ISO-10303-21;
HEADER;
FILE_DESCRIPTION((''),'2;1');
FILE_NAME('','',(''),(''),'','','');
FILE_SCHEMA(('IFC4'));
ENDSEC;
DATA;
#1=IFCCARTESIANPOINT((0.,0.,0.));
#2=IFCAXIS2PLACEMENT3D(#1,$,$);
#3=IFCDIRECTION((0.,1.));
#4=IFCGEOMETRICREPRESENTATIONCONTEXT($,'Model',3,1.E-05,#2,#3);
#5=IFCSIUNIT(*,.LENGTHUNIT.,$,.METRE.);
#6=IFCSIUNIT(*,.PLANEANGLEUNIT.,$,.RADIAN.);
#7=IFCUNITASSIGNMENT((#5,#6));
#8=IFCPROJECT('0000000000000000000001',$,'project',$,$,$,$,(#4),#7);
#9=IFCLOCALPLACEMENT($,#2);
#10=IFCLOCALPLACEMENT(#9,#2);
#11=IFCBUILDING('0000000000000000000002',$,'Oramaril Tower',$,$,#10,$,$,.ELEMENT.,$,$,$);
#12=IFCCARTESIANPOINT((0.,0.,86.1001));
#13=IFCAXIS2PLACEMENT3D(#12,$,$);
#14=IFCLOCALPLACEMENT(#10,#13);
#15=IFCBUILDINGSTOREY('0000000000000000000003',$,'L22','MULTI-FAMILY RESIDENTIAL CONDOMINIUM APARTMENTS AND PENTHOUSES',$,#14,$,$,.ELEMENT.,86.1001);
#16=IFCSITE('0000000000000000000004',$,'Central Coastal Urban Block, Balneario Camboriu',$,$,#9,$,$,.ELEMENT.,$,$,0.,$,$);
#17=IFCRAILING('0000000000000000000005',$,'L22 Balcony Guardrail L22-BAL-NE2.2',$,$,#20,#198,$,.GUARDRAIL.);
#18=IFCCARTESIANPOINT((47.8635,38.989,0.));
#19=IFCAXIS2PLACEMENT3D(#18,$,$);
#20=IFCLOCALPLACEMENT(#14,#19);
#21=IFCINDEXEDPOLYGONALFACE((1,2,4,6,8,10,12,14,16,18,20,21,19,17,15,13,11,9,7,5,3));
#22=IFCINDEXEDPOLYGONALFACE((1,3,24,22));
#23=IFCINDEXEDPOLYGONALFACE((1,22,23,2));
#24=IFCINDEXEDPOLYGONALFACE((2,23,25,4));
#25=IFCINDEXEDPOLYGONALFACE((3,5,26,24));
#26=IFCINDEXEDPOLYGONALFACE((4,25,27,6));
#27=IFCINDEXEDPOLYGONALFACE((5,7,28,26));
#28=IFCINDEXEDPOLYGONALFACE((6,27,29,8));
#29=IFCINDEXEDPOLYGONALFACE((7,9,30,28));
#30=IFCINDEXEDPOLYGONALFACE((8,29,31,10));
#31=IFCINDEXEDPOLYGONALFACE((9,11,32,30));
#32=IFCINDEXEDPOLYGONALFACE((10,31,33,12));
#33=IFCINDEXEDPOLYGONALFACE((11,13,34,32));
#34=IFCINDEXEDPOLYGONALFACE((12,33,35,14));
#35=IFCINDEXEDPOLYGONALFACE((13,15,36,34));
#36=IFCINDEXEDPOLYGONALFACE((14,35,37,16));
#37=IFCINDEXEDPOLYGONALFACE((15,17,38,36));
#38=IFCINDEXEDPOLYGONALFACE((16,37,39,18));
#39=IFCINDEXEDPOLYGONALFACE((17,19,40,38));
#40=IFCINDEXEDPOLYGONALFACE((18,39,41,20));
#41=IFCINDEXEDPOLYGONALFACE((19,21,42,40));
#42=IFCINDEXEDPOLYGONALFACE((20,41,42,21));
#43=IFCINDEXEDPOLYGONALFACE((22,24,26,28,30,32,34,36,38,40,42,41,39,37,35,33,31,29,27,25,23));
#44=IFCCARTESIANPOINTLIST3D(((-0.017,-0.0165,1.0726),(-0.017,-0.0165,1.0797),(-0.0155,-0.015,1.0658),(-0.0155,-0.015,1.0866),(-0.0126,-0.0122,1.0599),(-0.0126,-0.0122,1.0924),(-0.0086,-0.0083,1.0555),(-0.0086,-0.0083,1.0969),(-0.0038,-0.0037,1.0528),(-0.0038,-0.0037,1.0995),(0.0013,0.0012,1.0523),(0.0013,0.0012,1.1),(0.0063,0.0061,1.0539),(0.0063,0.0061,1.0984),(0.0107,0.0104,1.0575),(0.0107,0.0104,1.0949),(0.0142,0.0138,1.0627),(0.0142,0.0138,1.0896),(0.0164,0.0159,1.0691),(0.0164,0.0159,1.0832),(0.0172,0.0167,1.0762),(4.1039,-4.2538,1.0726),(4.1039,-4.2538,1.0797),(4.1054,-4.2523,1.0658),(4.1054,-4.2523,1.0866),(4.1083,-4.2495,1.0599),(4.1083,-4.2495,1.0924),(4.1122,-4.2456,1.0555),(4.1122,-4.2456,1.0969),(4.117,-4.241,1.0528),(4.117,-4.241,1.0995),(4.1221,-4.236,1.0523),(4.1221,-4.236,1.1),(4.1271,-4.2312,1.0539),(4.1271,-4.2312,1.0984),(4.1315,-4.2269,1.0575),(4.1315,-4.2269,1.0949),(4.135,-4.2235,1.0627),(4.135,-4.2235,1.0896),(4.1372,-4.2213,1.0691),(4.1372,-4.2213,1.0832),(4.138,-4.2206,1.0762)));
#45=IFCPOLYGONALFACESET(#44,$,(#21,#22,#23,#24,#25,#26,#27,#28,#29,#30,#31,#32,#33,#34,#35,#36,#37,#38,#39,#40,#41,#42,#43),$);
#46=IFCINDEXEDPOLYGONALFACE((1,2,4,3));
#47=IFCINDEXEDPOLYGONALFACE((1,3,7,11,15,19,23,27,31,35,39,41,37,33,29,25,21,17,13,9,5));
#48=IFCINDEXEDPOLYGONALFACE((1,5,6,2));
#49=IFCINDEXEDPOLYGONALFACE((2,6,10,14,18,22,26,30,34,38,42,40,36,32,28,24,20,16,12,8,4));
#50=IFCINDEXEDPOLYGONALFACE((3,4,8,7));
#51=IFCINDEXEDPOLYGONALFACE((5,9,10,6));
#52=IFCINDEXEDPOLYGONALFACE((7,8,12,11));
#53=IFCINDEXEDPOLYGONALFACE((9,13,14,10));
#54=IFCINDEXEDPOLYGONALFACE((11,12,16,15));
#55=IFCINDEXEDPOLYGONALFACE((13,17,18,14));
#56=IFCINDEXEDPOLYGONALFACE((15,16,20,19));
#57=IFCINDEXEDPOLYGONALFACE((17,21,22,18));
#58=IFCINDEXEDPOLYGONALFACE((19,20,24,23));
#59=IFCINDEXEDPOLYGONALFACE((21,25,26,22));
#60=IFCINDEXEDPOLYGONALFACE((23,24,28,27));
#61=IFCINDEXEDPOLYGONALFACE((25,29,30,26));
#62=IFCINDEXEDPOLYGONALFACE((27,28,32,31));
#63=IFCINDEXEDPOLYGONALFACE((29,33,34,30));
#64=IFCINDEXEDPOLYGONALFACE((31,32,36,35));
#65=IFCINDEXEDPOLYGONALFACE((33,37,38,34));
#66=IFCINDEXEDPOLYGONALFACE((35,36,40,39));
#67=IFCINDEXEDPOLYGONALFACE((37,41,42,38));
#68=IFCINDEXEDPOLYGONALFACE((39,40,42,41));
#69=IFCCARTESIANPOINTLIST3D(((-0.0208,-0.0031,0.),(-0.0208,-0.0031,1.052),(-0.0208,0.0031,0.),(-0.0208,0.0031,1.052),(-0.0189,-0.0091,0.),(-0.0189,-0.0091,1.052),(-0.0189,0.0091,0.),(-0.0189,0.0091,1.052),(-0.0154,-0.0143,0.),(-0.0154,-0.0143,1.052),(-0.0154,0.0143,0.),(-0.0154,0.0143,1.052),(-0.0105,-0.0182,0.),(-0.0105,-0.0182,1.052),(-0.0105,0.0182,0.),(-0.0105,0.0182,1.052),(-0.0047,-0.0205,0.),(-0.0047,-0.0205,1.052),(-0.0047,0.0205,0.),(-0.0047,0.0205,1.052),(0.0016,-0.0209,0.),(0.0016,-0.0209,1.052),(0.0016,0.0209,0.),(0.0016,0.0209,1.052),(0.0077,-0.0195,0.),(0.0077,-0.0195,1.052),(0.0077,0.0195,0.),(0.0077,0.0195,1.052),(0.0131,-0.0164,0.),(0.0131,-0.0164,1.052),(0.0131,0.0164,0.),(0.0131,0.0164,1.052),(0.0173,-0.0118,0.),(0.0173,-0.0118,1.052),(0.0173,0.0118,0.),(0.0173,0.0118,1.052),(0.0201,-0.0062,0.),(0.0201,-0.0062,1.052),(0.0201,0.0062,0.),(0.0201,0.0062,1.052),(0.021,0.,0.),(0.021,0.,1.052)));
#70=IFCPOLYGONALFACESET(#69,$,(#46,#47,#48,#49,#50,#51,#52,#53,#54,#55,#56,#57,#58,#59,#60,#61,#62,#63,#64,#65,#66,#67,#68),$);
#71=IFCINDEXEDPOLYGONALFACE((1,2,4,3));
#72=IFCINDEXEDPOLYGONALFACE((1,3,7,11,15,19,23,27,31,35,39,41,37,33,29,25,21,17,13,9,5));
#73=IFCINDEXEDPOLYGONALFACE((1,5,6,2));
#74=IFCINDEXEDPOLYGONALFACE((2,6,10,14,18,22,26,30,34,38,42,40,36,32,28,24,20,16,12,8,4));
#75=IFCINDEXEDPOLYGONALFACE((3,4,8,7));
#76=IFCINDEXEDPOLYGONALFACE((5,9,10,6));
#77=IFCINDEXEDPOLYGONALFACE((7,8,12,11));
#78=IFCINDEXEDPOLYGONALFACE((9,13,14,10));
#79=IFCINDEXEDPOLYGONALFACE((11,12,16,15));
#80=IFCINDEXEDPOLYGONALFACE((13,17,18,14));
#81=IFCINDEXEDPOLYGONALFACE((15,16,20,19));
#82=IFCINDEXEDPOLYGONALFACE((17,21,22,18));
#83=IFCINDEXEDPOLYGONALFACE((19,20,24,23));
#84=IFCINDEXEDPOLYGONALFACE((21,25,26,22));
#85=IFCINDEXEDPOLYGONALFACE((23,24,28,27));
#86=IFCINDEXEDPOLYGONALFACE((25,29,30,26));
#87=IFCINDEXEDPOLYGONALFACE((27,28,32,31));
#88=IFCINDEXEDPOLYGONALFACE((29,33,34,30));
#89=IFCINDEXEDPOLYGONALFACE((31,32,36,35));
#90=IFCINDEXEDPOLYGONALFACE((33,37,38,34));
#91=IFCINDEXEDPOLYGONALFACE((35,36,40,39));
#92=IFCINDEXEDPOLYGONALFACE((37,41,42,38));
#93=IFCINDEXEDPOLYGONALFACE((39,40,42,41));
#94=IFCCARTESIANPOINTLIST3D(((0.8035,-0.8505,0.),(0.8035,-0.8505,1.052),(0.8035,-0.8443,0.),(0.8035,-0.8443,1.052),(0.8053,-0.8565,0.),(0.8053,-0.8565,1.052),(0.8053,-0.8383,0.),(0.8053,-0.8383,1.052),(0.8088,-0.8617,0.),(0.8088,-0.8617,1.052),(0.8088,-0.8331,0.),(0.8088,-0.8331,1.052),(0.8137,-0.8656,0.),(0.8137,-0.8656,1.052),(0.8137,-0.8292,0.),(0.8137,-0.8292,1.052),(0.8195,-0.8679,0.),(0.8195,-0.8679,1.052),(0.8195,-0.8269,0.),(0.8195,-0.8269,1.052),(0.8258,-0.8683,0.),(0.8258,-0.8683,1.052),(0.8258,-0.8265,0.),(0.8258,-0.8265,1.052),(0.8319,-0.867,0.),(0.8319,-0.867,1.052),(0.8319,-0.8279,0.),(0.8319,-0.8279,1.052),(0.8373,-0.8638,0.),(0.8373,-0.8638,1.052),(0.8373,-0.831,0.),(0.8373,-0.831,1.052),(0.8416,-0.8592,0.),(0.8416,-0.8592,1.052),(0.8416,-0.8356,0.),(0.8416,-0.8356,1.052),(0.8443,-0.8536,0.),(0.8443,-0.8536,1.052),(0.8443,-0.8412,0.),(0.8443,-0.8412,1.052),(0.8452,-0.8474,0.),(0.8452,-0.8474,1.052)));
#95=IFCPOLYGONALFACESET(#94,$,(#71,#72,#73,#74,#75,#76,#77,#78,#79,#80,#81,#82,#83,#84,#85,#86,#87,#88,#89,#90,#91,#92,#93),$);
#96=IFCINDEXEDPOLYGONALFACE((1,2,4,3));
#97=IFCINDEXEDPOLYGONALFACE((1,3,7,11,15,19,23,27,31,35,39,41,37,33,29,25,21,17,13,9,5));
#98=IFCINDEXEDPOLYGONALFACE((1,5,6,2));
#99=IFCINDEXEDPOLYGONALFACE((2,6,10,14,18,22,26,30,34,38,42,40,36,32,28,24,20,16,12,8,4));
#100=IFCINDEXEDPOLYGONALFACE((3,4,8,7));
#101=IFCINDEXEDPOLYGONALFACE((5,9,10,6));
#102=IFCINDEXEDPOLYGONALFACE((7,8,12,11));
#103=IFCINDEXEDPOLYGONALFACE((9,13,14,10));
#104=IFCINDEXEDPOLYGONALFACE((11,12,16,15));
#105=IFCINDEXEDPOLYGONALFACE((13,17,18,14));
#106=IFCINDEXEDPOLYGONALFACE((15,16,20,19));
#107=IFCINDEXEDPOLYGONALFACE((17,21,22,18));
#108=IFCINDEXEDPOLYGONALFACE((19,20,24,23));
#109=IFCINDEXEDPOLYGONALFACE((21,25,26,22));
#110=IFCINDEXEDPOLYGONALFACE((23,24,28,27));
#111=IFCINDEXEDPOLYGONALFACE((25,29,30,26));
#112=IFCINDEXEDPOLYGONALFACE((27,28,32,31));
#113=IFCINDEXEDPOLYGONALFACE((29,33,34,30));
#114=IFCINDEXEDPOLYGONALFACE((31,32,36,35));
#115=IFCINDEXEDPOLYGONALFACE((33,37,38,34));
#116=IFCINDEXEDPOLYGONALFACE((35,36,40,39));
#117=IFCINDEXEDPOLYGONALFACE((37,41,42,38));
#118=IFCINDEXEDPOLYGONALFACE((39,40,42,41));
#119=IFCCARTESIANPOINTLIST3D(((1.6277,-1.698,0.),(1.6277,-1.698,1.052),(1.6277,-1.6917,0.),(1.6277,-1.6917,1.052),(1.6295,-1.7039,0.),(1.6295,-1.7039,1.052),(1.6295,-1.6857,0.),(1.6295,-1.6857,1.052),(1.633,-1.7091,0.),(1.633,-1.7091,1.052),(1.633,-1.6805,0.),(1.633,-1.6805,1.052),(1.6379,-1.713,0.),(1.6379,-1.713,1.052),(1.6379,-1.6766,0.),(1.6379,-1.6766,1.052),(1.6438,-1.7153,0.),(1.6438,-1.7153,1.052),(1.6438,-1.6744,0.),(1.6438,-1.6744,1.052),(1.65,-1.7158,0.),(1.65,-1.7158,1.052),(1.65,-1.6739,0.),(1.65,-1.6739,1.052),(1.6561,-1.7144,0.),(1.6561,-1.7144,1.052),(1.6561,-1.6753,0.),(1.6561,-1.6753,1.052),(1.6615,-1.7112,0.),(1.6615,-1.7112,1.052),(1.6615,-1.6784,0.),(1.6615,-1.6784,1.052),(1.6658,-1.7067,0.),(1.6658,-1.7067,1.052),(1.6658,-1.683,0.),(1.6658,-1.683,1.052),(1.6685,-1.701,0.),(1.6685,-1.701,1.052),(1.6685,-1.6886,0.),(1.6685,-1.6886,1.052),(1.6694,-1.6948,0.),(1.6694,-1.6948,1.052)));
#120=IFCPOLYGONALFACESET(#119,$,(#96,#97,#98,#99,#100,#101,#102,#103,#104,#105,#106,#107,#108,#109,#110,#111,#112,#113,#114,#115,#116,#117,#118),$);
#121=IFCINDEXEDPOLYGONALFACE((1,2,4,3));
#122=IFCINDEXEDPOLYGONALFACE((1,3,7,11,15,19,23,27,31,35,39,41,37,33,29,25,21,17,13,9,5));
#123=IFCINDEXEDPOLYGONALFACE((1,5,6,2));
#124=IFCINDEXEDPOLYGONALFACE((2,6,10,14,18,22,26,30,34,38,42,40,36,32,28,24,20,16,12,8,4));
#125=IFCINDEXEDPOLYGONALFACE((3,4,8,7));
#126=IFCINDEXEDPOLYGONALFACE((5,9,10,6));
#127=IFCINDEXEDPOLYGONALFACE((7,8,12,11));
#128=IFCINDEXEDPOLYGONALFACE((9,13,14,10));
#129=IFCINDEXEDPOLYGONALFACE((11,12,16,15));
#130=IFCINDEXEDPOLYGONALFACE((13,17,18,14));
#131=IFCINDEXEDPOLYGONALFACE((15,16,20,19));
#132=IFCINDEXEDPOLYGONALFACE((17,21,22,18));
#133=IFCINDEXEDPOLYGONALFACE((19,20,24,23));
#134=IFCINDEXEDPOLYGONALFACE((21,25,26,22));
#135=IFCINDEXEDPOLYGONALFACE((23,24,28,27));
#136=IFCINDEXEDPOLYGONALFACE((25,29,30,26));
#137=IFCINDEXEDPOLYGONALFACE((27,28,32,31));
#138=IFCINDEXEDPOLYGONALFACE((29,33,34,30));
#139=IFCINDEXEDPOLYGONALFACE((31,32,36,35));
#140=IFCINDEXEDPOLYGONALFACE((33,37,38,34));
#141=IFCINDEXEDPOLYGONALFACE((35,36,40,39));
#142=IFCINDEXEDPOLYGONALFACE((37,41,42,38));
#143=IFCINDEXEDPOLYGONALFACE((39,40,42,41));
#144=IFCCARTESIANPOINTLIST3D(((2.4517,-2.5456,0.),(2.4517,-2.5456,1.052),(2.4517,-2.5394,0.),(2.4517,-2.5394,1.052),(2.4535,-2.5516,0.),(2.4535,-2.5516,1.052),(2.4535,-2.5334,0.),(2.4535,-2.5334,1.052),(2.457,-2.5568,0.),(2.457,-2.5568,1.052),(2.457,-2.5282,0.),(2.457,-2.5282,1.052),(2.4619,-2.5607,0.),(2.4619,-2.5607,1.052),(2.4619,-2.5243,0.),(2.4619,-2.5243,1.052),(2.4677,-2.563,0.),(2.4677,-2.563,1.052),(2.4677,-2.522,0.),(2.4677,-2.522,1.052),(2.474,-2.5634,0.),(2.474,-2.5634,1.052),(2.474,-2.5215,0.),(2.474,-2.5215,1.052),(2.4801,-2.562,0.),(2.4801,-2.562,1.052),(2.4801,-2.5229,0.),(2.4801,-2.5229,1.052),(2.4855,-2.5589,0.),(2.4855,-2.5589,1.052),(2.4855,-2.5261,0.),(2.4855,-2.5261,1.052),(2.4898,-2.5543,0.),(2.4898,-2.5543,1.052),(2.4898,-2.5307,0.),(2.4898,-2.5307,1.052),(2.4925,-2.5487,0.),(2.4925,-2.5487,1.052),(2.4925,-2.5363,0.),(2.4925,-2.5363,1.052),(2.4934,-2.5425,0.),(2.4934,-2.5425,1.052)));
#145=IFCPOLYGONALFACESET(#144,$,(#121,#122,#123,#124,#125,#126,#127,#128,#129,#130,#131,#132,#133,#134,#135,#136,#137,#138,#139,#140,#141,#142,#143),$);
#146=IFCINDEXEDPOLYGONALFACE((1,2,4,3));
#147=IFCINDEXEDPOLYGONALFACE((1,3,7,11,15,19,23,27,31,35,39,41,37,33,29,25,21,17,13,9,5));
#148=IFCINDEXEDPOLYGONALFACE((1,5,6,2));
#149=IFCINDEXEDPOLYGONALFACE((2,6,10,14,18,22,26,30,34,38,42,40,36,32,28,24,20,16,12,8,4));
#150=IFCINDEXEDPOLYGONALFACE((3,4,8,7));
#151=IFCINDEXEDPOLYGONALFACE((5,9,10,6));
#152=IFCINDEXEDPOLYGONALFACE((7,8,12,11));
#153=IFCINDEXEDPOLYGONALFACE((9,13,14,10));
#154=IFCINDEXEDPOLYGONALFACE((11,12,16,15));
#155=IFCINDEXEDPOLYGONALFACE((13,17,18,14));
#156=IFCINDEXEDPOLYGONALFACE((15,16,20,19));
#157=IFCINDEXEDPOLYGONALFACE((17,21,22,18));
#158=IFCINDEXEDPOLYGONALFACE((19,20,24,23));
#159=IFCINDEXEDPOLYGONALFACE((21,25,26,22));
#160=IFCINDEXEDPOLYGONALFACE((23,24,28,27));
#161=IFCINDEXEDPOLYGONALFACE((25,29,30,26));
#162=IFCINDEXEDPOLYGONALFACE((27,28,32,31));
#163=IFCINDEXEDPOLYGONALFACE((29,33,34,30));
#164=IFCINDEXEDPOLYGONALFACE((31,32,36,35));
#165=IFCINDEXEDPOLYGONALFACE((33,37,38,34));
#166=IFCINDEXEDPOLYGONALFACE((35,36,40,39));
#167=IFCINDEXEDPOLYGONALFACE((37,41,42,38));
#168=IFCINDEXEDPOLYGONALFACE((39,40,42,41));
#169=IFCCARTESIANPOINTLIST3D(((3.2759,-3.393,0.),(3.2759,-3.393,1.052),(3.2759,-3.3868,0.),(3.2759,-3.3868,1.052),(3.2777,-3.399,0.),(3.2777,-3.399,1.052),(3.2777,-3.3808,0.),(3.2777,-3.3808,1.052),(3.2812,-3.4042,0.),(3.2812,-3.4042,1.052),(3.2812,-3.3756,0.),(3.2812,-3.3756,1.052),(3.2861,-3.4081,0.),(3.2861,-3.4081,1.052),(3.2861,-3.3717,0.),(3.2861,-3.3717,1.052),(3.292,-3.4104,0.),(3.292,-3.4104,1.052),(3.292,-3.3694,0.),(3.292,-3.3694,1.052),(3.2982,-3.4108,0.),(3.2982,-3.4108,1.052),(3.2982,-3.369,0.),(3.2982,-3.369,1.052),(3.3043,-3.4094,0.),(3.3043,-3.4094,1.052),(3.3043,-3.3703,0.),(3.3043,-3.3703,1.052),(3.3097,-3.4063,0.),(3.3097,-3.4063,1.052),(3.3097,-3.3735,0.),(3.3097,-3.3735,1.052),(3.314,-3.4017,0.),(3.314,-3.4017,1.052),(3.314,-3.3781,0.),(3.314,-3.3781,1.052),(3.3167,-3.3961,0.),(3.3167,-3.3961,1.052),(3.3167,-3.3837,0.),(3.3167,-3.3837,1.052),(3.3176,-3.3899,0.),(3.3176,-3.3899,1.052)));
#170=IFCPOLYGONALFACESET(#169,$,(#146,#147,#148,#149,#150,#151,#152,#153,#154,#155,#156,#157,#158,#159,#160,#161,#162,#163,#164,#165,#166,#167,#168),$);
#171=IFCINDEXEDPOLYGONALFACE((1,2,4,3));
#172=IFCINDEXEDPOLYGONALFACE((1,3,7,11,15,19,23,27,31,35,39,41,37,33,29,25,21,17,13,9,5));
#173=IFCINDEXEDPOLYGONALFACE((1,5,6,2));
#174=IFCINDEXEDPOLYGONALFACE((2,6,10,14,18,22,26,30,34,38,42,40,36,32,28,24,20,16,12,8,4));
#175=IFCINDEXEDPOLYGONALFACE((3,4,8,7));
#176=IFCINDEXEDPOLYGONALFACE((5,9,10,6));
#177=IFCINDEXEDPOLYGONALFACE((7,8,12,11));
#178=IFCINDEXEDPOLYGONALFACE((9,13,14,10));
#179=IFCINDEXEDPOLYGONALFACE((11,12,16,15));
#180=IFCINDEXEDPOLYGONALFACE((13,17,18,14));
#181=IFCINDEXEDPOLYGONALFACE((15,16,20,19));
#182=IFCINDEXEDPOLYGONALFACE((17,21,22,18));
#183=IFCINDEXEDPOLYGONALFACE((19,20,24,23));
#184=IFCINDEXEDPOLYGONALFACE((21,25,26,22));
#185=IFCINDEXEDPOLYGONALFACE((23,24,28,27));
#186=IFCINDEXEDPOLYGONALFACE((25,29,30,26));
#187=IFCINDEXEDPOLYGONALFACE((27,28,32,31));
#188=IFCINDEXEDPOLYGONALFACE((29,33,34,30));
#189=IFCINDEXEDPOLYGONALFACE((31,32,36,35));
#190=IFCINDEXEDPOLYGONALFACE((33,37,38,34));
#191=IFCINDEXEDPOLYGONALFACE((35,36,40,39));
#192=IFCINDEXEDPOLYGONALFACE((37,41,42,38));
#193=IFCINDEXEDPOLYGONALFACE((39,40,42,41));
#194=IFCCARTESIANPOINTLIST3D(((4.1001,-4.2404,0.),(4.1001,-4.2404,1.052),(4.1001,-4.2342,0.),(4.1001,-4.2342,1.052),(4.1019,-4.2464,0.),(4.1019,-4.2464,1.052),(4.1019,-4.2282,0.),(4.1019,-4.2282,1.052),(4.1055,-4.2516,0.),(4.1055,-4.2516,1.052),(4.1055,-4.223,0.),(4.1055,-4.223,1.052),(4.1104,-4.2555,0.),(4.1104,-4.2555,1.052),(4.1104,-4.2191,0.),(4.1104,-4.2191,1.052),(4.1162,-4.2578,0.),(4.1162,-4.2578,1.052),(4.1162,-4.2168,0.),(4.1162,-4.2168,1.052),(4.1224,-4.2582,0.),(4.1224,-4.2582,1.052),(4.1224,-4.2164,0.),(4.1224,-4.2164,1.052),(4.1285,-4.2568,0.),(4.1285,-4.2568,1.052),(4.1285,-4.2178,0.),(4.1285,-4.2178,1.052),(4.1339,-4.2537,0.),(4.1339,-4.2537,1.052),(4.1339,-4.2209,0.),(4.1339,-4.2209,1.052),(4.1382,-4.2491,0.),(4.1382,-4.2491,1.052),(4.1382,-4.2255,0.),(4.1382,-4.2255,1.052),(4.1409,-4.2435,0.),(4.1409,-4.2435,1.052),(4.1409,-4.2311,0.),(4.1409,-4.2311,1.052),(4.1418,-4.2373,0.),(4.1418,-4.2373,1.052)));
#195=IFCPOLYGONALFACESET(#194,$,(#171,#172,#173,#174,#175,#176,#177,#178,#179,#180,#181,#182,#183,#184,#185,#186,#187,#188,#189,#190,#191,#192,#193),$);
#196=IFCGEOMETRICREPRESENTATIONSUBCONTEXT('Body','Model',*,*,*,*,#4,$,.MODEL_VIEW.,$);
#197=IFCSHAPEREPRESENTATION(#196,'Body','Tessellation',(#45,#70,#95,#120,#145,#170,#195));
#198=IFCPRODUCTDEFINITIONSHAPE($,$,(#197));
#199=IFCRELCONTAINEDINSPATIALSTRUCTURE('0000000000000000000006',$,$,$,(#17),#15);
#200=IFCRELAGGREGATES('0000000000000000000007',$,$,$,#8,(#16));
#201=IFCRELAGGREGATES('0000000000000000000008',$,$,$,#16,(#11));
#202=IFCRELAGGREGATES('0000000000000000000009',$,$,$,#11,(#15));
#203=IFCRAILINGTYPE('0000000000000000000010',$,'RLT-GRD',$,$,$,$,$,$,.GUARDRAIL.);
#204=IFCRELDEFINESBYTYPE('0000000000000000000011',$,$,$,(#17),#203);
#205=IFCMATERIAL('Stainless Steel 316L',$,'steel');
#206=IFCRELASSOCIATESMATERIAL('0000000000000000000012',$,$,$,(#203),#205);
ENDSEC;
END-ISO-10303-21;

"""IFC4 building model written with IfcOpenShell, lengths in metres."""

from ifc_helpers import new_model, si_unit, direction, frame, origin, origin_2d, place, context, subcontext, project, spatial, circle, extrude, material, type_object, element, save


model = new_model("IFC4")

# Units and contexts
model_context = context("Model", 3, precision=1e-05, world=origin(), true_north=direction((0.0, 1.0)))
body_context = subcontext(model_context, "Body", "Model", "MODEL_VIEW")
ifc_project = project(units=[si_unit("LENGTHUNIT", "METRE"), si_unit("PLANEANGLEUNIT", "RADIAN")], contexts=[model_context])

# Site, building, storey
site_placement = place(None, origin())
site = spatial("IfcSite", under=ifc_project, at=site_placement, Name="Central Coastal Urban Block, Balneario Camboriu", CompositionType="ELEMENT", RefElevation=0.0)
building_placement = place(site_placement, origin())
building = spatial("IfcBuilding", under=site, at=building_placement, Name="Oramaril Tower", CompositionType="ELEMENT")
storey_placement = place(building_placement, frame((0.0, 0.0, 86.1001)))
storey = spatial("IfcBuildingStorey", under=building, at=storey_placement, Name="L22", Description="MULTI-FAMILY RESIDENTIAL CONDOMINIUM APARTMENTS AND PENTHOUSES", CompositionType="ELEMENT", Elevation=86.1001)

# Railing
ifc_material_1 = material(Name="Stainless Steel 316L", Category="steel")
railing_type = type_object("IfcRailingType", Name="RLT-GRD", PredefinedType="GUARDRAIL", material=ifc_material_1)
railing_1_placement = place(storey_placement, frame((47.8635, 38.989, 0.0)))
element("IfcRailing", 1, at=railing_1_placement, inside=storey, type_object=railing_type, Name="L22 Balcony Guardrail L22-BAL-NE2.2", PredefinedType="GUARDRAIL", context=body_context, shape_type="SweptSolid", body=[
    extrude(circle(Radius=0.0239, at=origin_2d()), frame((0.0, 0.0, 1.0762), z_axis=(0.697187, -0.716889, 0.0), x_axis=(0.716889, 0.697187, 0.0)), (0.0, 0.0, 1.0), 5.9106),
    extrude(circle(Radius=0.021, at=origin_2d()), origin(), (0.0, 0.0, 1.0), 1.052),
    extrude(circle(Radius=0.021, at=origin_2d()), frame((0.8242, -0.8474, 0.0)), (0.0, 0.0, 1.0), 1.052),
    extrude(circle(Radius=0.021, at=origin_2d()), frame((1.6484, -1.6948, 0.0)), (0.0, 0.0, 1.0), 1.052),
    extrude(circle(Radius=0.021, at=origin_2d()), frame((2.4724, -2.5425, 0.0)), (0.0, 0.0, 1.0), 1.052),
    extrude(circle(Radius=0.021, at=origin_2d()), frame((3.2966, -3.3899, 0.0)), (0.0, 0.0, 1.0), 1.052),
    extrude(circle(Radius=0.021, at=origin_2d()), frame((4.1208, -4.2373, 0.0)), (0.0, 0.0, 1.0), 1.052),
])

save(model, "model.ifc")
